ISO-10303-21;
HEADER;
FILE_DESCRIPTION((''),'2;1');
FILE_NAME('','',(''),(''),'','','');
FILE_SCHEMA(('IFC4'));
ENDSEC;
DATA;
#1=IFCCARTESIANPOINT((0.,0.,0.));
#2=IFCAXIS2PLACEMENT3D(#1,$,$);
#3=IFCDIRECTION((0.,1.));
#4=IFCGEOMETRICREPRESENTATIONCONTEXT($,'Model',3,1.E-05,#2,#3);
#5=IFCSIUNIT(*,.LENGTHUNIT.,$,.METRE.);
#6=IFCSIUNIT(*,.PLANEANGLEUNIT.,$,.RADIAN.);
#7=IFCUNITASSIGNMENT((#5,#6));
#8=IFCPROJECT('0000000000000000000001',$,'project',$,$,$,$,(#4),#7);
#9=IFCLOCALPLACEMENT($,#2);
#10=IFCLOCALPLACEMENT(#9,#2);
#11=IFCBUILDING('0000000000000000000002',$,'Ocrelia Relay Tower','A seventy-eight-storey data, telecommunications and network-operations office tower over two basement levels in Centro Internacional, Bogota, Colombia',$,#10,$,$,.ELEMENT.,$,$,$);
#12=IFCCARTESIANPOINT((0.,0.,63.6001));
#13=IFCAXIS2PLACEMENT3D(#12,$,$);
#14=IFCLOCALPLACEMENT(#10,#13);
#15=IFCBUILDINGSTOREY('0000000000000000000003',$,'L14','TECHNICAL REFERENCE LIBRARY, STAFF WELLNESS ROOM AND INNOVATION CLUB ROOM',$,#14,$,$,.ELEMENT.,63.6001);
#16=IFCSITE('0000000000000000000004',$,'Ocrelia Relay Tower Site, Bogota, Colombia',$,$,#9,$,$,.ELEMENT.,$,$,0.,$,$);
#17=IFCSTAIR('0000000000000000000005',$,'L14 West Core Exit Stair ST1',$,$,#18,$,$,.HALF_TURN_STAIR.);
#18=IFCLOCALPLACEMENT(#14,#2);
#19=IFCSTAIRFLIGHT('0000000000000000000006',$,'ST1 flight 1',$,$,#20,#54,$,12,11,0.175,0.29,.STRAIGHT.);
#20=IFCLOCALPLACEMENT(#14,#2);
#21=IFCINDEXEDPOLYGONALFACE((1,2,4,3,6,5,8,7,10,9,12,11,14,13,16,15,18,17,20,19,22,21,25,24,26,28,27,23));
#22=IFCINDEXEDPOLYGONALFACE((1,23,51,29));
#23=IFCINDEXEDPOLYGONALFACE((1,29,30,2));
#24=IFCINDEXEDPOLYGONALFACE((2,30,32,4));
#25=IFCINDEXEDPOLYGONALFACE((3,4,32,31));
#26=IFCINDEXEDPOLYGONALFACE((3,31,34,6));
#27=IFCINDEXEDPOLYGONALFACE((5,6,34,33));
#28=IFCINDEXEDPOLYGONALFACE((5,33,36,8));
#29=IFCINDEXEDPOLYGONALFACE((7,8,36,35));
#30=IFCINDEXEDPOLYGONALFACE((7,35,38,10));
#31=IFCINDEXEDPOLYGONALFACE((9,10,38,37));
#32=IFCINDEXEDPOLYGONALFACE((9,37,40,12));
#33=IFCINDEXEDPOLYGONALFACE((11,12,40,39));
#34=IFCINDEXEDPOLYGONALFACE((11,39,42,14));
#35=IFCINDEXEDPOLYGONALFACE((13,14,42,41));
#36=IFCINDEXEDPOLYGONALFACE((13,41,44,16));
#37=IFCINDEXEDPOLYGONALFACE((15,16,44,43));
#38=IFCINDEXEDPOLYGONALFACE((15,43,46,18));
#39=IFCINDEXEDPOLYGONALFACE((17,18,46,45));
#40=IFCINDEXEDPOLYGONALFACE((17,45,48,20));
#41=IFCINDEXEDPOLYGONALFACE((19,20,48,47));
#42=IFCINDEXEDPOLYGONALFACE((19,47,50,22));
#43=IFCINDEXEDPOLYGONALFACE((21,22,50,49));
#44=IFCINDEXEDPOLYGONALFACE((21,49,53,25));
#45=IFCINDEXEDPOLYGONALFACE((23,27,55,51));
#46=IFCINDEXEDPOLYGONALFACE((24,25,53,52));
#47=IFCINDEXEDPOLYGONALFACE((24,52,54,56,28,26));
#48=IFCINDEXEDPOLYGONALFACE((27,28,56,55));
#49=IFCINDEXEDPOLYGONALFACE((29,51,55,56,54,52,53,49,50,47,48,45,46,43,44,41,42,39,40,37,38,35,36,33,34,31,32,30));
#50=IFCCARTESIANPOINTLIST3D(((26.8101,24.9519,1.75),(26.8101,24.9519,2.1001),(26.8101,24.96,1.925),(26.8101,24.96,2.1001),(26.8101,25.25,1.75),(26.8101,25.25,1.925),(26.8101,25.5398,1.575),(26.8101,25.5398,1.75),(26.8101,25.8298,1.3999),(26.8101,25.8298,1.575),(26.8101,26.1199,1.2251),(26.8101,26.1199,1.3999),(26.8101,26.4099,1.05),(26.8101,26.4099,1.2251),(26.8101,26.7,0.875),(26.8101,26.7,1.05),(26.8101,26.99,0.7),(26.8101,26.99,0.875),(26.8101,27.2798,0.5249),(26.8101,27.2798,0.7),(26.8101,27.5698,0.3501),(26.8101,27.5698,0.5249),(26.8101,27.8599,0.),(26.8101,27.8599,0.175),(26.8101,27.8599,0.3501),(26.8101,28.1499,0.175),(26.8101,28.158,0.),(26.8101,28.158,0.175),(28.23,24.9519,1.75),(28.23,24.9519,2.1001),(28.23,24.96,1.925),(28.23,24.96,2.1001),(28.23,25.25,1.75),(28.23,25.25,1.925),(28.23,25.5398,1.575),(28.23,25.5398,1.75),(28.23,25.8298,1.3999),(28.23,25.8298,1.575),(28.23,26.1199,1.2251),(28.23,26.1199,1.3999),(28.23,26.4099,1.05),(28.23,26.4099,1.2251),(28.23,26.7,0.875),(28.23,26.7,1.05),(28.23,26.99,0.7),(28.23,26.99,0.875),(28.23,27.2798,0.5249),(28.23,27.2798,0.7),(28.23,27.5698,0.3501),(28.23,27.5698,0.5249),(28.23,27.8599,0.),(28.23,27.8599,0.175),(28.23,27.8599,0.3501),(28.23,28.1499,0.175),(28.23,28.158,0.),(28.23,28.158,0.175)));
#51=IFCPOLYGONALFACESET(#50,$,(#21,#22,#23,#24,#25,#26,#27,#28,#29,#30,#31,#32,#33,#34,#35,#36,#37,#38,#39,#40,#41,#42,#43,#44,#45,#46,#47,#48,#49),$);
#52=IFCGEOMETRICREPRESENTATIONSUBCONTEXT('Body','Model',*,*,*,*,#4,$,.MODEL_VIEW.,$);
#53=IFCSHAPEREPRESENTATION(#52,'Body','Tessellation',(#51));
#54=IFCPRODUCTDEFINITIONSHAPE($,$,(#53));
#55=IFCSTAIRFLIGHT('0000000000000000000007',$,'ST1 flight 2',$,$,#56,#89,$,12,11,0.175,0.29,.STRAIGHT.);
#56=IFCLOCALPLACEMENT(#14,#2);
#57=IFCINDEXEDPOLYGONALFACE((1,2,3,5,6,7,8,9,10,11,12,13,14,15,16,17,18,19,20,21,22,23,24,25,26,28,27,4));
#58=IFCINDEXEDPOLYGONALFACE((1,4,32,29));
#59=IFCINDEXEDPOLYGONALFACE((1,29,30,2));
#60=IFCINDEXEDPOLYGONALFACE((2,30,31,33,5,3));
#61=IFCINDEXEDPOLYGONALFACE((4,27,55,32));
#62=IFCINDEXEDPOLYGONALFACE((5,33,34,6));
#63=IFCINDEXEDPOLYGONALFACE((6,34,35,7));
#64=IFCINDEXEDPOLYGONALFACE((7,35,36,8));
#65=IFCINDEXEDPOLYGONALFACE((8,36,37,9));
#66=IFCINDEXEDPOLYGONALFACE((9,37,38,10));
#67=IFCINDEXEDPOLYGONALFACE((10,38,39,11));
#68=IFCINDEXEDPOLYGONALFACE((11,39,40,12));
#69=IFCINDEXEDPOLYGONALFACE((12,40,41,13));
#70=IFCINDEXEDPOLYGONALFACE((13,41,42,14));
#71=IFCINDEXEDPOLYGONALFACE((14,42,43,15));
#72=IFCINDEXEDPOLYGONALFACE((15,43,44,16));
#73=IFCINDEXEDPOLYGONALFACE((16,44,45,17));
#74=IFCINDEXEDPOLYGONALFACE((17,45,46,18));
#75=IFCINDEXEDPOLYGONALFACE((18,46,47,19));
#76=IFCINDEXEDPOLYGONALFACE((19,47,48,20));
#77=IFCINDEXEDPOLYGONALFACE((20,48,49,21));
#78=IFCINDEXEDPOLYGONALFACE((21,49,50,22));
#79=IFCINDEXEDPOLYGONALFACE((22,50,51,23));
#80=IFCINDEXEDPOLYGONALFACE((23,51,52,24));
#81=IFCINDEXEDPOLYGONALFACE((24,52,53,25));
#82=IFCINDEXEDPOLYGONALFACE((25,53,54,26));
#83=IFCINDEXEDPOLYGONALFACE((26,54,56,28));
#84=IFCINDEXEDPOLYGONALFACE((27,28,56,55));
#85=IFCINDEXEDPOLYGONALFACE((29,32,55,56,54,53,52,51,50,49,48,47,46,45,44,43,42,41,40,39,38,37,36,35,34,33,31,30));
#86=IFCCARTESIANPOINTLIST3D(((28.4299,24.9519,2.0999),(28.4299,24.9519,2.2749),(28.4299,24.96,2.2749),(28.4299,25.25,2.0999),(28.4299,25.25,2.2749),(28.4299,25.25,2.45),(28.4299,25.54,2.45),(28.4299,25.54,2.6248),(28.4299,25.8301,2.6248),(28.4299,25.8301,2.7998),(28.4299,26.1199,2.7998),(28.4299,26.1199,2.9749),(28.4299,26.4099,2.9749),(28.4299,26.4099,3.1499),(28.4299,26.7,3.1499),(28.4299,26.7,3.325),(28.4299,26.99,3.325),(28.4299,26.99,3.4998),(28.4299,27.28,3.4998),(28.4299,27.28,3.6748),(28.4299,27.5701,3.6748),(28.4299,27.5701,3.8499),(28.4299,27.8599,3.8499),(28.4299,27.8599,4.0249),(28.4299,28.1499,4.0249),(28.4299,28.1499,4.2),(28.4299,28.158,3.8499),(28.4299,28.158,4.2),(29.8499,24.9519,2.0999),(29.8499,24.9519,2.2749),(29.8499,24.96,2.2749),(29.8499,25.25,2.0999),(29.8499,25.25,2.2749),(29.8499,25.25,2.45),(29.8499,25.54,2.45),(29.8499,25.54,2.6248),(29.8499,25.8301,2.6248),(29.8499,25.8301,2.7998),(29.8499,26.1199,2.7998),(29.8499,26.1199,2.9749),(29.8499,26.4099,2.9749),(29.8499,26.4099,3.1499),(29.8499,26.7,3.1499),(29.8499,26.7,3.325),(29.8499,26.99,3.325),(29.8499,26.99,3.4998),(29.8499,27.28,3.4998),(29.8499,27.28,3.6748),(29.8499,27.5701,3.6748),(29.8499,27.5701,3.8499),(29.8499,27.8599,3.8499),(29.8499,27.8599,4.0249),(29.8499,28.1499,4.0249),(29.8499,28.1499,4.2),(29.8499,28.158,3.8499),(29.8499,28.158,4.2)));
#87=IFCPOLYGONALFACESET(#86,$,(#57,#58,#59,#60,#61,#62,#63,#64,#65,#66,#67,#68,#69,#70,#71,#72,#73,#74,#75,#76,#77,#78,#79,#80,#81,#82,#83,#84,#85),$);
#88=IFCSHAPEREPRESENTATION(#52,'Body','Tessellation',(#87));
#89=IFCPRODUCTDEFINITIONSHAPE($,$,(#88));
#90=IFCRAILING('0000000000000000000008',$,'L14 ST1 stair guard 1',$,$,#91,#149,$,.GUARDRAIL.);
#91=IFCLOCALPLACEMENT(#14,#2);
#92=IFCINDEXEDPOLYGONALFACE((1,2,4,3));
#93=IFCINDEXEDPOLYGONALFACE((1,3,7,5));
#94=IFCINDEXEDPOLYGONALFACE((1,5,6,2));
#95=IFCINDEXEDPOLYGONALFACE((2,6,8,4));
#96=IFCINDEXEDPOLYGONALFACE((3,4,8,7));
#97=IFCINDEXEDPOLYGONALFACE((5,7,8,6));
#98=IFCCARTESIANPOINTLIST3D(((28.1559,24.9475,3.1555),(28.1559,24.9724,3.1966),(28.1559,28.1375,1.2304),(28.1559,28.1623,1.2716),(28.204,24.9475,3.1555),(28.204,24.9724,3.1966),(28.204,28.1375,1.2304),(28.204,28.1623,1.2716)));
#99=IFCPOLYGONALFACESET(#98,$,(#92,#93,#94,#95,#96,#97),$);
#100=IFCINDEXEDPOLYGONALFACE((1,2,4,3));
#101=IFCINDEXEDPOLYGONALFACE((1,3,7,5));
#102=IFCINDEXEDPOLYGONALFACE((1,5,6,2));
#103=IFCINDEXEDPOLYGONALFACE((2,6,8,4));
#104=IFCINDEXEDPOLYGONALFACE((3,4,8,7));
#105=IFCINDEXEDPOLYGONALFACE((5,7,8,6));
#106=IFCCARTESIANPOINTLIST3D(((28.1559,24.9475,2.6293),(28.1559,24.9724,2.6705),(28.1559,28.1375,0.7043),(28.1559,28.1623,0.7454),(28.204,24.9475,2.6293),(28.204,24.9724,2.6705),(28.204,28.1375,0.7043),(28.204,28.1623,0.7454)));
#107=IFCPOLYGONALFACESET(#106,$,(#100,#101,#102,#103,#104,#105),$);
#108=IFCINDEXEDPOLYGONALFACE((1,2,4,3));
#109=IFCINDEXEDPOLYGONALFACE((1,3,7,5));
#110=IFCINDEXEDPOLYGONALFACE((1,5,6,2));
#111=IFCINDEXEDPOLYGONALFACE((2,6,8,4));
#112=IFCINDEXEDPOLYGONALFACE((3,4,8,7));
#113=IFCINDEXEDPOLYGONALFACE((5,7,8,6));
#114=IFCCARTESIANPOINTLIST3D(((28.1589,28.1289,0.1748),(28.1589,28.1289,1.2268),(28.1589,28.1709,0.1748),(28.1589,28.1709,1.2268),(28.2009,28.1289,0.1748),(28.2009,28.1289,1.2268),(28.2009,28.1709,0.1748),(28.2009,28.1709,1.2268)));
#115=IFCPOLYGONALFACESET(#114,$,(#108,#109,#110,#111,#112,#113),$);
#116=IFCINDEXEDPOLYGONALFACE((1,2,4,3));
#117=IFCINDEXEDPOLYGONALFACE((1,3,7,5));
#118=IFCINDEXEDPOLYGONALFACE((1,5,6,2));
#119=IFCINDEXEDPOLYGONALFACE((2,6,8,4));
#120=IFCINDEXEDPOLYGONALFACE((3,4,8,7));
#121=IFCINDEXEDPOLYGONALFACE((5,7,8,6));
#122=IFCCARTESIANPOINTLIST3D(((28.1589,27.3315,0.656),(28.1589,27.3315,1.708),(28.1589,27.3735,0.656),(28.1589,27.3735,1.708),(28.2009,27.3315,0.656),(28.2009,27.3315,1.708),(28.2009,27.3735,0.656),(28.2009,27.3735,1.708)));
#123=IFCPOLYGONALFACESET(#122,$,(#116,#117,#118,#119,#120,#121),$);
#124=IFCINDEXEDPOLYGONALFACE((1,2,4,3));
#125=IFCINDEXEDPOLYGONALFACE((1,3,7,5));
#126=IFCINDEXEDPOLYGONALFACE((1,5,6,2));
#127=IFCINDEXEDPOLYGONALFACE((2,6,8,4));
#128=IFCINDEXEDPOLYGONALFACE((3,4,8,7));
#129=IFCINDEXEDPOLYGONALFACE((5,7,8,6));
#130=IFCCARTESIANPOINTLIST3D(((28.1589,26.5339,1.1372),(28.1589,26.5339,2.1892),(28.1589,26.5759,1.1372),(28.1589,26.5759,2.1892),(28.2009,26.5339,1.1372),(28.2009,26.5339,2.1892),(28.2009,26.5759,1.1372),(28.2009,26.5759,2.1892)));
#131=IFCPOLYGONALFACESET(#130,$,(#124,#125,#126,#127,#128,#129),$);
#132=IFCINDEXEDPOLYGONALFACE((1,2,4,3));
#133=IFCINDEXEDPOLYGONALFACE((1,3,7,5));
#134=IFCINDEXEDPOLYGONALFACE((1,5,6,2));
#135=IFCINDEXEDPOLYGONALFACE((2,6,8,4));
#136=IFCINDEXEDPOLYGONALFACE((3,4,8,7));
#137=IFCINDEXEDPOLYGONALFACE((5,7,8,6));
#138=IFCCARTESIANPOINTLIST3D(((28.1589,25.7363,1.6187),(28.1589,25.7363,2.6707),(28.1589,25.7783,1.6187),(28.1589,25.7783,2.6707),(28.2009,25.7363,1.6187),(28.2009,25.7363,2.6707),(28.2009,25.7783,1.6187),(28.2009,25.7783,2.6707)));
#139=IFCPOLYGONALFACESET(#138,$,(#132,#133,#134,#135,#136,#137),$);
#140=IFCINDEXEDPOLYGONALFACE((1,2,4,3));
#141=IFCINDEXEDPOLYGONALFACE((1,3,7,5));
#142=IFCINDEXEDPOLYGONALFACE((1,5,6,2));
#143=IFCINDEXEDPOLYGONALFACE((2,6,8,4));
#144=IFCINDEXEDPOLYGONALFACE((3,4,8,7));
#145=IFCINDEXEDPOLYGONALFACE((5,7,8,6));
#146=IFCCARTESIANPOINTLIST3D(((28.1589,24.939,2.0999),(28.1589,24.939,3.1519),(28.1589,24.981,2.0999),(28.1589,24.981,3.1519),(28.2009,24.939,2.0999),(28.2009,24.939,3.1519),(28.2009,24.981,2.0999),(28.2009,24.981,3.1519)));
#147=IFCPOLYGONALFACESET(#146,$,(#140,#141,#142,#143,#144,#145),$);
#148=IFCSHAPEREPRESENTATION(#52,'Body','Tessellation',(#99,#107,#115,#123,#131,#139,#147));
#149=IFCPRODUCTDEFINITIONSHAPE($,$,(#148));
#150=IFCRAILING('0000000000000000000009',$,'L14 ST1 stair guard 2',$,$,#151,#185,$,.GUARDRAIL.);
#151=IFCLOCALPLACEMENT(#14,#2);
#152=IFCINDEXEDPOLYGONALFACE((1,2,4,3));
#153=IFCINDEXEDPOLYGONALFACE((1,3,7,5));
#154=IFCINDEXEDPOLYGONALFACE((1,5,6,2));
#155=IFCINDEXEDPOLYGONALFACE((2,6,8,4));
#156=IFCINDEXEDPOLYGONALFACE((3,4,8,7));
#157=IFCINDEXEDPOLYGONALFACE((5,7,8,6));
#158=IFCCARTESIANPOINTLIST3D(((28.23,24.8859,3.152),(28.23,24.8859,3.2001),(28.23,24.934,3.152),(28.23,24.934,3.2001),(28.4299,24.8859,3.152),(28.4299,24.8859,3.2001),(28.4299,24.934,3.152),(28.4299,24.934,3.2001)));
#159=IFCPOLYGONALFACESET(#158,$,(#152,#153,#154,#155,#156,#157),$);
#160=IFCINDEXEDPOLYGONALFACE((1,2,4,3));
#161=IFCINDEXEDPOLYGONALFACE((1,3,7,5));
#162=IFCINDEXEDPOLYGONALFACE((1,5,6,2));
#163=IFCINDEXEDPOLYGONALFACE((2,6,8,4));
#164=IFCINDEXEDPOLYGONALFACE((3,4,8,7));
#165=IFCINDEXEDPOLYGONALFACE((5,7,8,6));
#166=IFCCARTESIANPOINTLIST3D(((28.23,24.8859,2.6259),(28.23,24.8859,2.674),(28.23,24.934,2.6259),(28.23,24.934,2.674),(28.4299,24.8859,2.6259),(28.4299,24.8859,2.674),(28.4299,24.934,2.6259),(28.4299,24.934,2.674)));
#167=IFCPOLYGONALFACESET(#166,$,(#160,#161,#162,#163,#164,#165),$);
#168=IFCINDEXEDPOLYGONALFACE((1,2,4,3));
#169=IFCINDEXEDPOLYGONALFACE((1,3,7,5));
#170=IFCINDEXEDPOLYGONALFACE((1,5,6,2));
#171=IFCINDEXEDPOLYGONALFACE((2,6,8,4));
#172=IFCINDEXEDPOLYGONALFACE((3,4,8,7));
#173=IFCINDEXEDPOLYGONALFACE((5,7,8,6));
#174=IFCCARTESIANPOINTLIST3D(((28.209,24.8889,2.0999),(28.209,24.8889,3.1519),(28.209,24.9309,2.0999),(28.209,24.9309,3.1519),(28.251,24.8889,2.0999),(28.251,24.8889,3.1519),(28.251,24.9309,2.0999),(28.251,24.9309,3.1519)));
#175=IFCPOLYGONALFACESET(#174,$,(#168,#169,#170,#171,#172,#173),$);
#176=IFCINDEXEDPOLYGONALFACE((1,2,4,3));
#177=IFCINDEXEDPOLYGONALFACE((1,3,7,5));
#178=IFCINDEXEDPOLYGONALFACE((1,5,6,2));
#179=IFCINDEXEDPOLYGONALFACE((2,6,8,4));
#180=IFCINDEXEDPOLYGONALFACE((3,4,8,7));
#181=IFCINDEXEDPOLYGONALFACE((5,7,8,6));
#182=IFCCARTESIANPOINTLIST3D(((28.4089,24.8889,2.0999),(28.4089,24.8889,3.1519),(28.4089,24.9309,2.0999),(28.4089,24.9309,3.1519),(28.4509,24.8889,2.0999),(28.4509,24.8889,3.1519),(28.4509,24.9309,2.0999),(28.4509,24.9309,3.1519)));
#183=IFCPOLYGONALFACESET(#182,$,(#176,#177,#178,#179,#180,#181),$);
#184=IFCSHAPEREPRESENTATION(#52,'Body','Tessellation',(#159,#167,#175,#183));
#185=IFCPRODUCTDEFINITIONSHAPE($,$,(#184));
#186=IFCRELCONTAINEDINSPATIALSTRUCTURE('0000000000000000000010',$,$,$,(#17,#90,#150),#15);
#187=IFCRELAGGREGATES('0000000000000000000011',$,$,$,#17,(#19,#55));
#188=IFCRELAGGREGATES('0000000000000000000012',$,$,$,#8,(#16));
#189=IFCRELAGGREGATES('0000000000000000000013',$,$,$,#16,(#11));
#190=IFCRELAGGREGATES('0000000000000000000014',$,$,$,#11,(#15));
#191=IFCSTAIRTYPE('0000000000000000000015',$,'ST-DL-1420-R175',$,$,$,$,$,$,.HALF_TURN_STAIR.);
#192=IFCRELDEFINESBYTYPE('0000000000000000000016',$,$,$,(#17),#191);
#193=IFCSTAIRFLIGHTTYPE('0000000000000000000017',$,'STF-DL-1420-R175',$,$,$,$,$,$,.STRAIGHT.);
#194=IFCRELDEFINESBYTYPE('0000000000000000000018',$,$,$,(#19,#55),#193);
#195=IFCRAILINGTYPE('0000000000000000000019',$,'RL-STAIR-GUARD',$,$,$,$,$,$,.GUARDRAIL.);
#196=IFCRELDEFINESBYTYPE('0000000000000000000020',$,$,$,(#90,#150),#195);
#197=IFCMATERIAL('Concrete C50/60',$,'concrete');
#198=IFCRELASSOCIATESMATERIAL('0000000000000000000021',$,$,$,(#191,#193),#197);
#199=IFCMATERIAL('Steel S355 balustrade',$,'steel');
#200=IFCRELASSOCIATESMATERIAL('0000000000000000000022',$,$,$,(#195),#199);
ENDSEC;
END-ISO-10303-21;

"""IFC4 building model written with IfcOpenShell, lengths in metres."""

from ifc_helpers import new_model, si_unit, direction, frame, origin, origin_2d, place, context, subcontext, project, spatial, polyline, rectangle, outline, extrude, material, type_object, element, aggregate, save


model = new_model("IFC4")

# Units and contexts
model_context = context("Model", 3, precision=1e-05, world=origin(), true_north=direction((0.0, 1.0)))
body_context = subcontext(model_context, "Body", "Model", "MODEL_VIEW")
ifc_project = project(units=[si_unit("LENGTHUNIT", "METRE"), si_unit("PLANEANGLEUNIT", "RADIAN")], contexts=[model_context])

# Site, building, storey
site_placement = place(None, origin())
site = spatial("IfcSite", under=ifc_project, at=site_placement, Name="Ocrelia Relay Tower Site, Bogota, Colombia", CompositionType="ELEMENT", RefElevation=0.0)
building_placement = place(site_placement, origin())
building = spatial("IfcBuilding", under=site, at=building_placement, Name="Ocrelia Relay Tower", Description="A seventy-eight-storey data, telecommunications and network-operations office tower over two basement levels in Centro Internacional, Bogota, Colombia", CompositionType="ELEMENT")
storey_placement = place(building_placement, frame((0.0, 0.0, 63.6001)))
storey = spatial("IfcBuildingStorey", under=building, at=storey_placement, Name="L14", Description="TECHNICAL REFERENCE LIBRARY, STAFF WELLNESS ROOM AND INNOVATION CLUB ROOM", CompositionType="ELEMENT", Elevation=63.6001)

# Shared definitions
ifc_material_1 = material(Name="Concrete C50/60", Category="concrete")

# Stair, stair flights
stair_type = type_object("IfcStairType", Name="ST-DL-1420-R175", PredefinedType="HALF_TURN_STAIR", material=ifc_material_1)
stair_placement = place(storey_placement, origin())
stair = element("IfcStair", 1, at=stair_placement, inside=storey, type_object=stair_type, Name="L14 West Core Exit Stair ST1", PredefinedType="HALF_TURN_STAIR")
stair_flight_type = type_object("IfcStairFlightType", Name="STF-DL-1420-R175", PredefinedType="STRAIGHT", material=ifc_material_1)
stair_flight_1_placement = place(storey_placement, frame((27.52, 28.1499, 0.0), z_axis=(0.0, 0.0, 1.0), x_axis=(0.0, -1.0, 0.0)))
stair_flight_1 = element("IfcStairFlight", 2, at=stair_flight_1_placement, type_object=stair_flight_type, Name="ST1 flight 1", NumberOfRisers=12, NumberOfTreads=11, PredefinedType="STRAIGHT", RiserHeight=0.175, TreadLength=0.29, context=body_context, shape_type="SweptSolid", body=[
    extrude(outline(polyline([(-0.0081, 0.0), (-0.0081, 0.175), (0.0, 0.175), (0.29, 0.175), (0.29, 0.3501), (0.5801, 0.3501), (0.5801, 0.5249), (0.8701, 0.5249), (0.8701, 0.7), (1.1599, 0.7), (1.1599, 0.875), (1.45, 0.875), (1.45, 1.05), (1.74, 1.05), (1.74, 1.2251), (2.03, 1.2251), (2.03, 1.3999), (2.3201, 1.3999), (2.3201, 1.575), (2.6101, 1.575), (2.6101, 1.75), (2.8999, 1.75), (2.8999, 1.925), (3.1899, 1.925), (3.1899, 2.1001), (3.198, 2.1001), (3.198, 1.75), (0.29, 0.0), (-0.0081, 0.0)])), frame((0.0, 0.71, 0.0), z_axis=(0.0, -1.0, 0.0), x_axis=(1.0, 0.0, 0.0)), (0.0, 0.0, 1.0), 1.4199),
])
stair_flight_2_placement = place(storey_placement, frame((29.1399, 24.96, 2.0999), z_axis=(0.0, 0.0, 1.0), x_axis=(0.0, 1.0, 0.0)))
stair_flight_2 = element("IfcStairFlight", 3, at=stair_flight_2_placement, type_object=stair_flight_type, Name="ST1 flight 2", NumberOfRisers=12, NumberOfTreads=11, PredefinedType="STRAIGHT", RiserHeight=0.175, TreadLength=0.29, context=body_context, shape_type="SweptSolid", body=[
    extrude(outline(polyline([(-0.0081, 0.0), (-0.0081, 0.175), (0.0, 0.175), (0.29, 0.175), (0.29, 0.3501), (0.5801, 0.3501), (0.5801, 0.5249), (0.8701, 0.5249), (0.8701, 0.7), (1.1599, 0.7), (1.1599, 0.875), (1.45, 0.875), (1.45, 1.05), (1.74, 1.05), (1.74, 1.2251), (2.03, 1.2251), (2.03, 1.3999), (2.3201, 1.3999), (2.3201, 1.575), (2.6101, 1.575), (2.6101, 1.75), (2.8999, 1.75), (2.8999, 1.925), (3.1899, 1.925), (3.1899, 2.1001), (3.198, 2.1001), (3.198, 1.75), (0.29, 0.0), (-0.0081, 0.0)])), frame((0.0, 0.71, 0.0), z_axis=(0.0, -1.0, 0.0), x_axis=(1.0, 0.0, 0.0)), (0.0, 0.0, 1.0), 1.4199),
])
aggregate(stair, [stair_flight_1, stair_flight_2])

# Railings
ifc_material_2 = material(Name="Steel S355 balustrade", Category="steel")
railing_type_1 = type_object("IfcRailingType", Name="RL-STAIR-GUARD", PredefinedType="GUARDRAIL", material=ifc_material_2)
railing_1_placement = place(storey_placement, frame((28.1799, 28.1499, 0.1748)))
element("IfcRailing", 4, at=railing_1_placement, inside=storey, type_object=railing_type_1, Name="L14 ST1 stair guard 1", PredefinedType="GUARDRAIL", context=body_context, shape_type="SweptSolid", body=[
    extrude(rectangle(XDim=0.0481, YDim=0.0481, at=origin_2d()), frame((0.0, 0.0, 1.0762), z_axis=(0.0, -0.856178, 0.516682), x_axis=(1.0, 0.0, 0.0)), (0.0, 0.0, 1.0), 3.7258),
    extrude(rectangle(XDim=0.0481, YDim=0.0481, at=origin_2d()), frame((0.0, 0.0, 0.55), z_axis=(0.0, -0.856178, 0.516682), x_axis=(1.0, 0.0, 0.0)), (0.0, 0.0, 1.0), 3.7258),
    extrude(rectangle(XDim=0.042, YDim=0.042, at=origin_2d()), origin(), (0.0, 0.0, 1.0), 1.052),
    extrude(rectangle(XDim=0.042, YDim=0.042, at=origin_2d()), frame((0.0, -0.7974, 0.4812)), (0.0, 0.0, 1.0), 1.052),
    extrude(rectangle(XDim=0.042, YDim=0.042, at=origin_2d()), frame((0.0, -1.595, 0.9624)), (0.0, 0.0, 1.0), 1.052),
    extrude(rectangle(XDim=0.042, YDim=0.042, at=origin_2d()), frame((0.0, -2.3926, 1.4438)), (0.0, 0.0, 1.0), 1.052),
    extrude(rectangle(XDim=0.042, YDim=0.042, at=origin_2d()), frame((0.0, -3.1899, 1.925)), (0.0, 0.0, 1.0), 1.052),
])
railing_2_placement = place(storey_placement, frame((28.23, 24.9099, 2.0999)))
element("IfcRailing", 5, at=railing_2_placement, inside=storey, type_object=railing_type_1, Name="L14 ST1 stair guard 2", PredefinedType="GUARDRAIL", context=body_context, shape_type="SweptSolid", body=[
    extrude(rectangle(XDim=0.0481, YDim=0.0481, at=origin_2d()), frame((0.0, 0.0, 1.0762), z_axis=(1.0, 0.0, 0.0), x_axis=(0.0, 1.0, 0.0)), (0.0, 0.0, 1.0), 0.2),
    extrude(rectangle(XDim=0.0481, YDim=0.0481, at=origin_2d()), frame((0.0, 0.0, 0.55), z_axis=(1.0, 0.0, 0.0), x_axis=(0.0, 1.0, 0.0)), (0.0, 0.0, 1.0), 0.2),
    extrude(rectangle(XDim=0.042, YDim=0.042, at=origin_2d()), origin(), (0.0, 0.0, 1.0), 1.052),
    extrude(rectangle(XDim=0.042, YDim=0.042, at=origin_2d()), frame((0.2, 0.0, 0.0)), (0.0, 0.0, 1.0), 1.052),
])

save(model, "model.ifc")
